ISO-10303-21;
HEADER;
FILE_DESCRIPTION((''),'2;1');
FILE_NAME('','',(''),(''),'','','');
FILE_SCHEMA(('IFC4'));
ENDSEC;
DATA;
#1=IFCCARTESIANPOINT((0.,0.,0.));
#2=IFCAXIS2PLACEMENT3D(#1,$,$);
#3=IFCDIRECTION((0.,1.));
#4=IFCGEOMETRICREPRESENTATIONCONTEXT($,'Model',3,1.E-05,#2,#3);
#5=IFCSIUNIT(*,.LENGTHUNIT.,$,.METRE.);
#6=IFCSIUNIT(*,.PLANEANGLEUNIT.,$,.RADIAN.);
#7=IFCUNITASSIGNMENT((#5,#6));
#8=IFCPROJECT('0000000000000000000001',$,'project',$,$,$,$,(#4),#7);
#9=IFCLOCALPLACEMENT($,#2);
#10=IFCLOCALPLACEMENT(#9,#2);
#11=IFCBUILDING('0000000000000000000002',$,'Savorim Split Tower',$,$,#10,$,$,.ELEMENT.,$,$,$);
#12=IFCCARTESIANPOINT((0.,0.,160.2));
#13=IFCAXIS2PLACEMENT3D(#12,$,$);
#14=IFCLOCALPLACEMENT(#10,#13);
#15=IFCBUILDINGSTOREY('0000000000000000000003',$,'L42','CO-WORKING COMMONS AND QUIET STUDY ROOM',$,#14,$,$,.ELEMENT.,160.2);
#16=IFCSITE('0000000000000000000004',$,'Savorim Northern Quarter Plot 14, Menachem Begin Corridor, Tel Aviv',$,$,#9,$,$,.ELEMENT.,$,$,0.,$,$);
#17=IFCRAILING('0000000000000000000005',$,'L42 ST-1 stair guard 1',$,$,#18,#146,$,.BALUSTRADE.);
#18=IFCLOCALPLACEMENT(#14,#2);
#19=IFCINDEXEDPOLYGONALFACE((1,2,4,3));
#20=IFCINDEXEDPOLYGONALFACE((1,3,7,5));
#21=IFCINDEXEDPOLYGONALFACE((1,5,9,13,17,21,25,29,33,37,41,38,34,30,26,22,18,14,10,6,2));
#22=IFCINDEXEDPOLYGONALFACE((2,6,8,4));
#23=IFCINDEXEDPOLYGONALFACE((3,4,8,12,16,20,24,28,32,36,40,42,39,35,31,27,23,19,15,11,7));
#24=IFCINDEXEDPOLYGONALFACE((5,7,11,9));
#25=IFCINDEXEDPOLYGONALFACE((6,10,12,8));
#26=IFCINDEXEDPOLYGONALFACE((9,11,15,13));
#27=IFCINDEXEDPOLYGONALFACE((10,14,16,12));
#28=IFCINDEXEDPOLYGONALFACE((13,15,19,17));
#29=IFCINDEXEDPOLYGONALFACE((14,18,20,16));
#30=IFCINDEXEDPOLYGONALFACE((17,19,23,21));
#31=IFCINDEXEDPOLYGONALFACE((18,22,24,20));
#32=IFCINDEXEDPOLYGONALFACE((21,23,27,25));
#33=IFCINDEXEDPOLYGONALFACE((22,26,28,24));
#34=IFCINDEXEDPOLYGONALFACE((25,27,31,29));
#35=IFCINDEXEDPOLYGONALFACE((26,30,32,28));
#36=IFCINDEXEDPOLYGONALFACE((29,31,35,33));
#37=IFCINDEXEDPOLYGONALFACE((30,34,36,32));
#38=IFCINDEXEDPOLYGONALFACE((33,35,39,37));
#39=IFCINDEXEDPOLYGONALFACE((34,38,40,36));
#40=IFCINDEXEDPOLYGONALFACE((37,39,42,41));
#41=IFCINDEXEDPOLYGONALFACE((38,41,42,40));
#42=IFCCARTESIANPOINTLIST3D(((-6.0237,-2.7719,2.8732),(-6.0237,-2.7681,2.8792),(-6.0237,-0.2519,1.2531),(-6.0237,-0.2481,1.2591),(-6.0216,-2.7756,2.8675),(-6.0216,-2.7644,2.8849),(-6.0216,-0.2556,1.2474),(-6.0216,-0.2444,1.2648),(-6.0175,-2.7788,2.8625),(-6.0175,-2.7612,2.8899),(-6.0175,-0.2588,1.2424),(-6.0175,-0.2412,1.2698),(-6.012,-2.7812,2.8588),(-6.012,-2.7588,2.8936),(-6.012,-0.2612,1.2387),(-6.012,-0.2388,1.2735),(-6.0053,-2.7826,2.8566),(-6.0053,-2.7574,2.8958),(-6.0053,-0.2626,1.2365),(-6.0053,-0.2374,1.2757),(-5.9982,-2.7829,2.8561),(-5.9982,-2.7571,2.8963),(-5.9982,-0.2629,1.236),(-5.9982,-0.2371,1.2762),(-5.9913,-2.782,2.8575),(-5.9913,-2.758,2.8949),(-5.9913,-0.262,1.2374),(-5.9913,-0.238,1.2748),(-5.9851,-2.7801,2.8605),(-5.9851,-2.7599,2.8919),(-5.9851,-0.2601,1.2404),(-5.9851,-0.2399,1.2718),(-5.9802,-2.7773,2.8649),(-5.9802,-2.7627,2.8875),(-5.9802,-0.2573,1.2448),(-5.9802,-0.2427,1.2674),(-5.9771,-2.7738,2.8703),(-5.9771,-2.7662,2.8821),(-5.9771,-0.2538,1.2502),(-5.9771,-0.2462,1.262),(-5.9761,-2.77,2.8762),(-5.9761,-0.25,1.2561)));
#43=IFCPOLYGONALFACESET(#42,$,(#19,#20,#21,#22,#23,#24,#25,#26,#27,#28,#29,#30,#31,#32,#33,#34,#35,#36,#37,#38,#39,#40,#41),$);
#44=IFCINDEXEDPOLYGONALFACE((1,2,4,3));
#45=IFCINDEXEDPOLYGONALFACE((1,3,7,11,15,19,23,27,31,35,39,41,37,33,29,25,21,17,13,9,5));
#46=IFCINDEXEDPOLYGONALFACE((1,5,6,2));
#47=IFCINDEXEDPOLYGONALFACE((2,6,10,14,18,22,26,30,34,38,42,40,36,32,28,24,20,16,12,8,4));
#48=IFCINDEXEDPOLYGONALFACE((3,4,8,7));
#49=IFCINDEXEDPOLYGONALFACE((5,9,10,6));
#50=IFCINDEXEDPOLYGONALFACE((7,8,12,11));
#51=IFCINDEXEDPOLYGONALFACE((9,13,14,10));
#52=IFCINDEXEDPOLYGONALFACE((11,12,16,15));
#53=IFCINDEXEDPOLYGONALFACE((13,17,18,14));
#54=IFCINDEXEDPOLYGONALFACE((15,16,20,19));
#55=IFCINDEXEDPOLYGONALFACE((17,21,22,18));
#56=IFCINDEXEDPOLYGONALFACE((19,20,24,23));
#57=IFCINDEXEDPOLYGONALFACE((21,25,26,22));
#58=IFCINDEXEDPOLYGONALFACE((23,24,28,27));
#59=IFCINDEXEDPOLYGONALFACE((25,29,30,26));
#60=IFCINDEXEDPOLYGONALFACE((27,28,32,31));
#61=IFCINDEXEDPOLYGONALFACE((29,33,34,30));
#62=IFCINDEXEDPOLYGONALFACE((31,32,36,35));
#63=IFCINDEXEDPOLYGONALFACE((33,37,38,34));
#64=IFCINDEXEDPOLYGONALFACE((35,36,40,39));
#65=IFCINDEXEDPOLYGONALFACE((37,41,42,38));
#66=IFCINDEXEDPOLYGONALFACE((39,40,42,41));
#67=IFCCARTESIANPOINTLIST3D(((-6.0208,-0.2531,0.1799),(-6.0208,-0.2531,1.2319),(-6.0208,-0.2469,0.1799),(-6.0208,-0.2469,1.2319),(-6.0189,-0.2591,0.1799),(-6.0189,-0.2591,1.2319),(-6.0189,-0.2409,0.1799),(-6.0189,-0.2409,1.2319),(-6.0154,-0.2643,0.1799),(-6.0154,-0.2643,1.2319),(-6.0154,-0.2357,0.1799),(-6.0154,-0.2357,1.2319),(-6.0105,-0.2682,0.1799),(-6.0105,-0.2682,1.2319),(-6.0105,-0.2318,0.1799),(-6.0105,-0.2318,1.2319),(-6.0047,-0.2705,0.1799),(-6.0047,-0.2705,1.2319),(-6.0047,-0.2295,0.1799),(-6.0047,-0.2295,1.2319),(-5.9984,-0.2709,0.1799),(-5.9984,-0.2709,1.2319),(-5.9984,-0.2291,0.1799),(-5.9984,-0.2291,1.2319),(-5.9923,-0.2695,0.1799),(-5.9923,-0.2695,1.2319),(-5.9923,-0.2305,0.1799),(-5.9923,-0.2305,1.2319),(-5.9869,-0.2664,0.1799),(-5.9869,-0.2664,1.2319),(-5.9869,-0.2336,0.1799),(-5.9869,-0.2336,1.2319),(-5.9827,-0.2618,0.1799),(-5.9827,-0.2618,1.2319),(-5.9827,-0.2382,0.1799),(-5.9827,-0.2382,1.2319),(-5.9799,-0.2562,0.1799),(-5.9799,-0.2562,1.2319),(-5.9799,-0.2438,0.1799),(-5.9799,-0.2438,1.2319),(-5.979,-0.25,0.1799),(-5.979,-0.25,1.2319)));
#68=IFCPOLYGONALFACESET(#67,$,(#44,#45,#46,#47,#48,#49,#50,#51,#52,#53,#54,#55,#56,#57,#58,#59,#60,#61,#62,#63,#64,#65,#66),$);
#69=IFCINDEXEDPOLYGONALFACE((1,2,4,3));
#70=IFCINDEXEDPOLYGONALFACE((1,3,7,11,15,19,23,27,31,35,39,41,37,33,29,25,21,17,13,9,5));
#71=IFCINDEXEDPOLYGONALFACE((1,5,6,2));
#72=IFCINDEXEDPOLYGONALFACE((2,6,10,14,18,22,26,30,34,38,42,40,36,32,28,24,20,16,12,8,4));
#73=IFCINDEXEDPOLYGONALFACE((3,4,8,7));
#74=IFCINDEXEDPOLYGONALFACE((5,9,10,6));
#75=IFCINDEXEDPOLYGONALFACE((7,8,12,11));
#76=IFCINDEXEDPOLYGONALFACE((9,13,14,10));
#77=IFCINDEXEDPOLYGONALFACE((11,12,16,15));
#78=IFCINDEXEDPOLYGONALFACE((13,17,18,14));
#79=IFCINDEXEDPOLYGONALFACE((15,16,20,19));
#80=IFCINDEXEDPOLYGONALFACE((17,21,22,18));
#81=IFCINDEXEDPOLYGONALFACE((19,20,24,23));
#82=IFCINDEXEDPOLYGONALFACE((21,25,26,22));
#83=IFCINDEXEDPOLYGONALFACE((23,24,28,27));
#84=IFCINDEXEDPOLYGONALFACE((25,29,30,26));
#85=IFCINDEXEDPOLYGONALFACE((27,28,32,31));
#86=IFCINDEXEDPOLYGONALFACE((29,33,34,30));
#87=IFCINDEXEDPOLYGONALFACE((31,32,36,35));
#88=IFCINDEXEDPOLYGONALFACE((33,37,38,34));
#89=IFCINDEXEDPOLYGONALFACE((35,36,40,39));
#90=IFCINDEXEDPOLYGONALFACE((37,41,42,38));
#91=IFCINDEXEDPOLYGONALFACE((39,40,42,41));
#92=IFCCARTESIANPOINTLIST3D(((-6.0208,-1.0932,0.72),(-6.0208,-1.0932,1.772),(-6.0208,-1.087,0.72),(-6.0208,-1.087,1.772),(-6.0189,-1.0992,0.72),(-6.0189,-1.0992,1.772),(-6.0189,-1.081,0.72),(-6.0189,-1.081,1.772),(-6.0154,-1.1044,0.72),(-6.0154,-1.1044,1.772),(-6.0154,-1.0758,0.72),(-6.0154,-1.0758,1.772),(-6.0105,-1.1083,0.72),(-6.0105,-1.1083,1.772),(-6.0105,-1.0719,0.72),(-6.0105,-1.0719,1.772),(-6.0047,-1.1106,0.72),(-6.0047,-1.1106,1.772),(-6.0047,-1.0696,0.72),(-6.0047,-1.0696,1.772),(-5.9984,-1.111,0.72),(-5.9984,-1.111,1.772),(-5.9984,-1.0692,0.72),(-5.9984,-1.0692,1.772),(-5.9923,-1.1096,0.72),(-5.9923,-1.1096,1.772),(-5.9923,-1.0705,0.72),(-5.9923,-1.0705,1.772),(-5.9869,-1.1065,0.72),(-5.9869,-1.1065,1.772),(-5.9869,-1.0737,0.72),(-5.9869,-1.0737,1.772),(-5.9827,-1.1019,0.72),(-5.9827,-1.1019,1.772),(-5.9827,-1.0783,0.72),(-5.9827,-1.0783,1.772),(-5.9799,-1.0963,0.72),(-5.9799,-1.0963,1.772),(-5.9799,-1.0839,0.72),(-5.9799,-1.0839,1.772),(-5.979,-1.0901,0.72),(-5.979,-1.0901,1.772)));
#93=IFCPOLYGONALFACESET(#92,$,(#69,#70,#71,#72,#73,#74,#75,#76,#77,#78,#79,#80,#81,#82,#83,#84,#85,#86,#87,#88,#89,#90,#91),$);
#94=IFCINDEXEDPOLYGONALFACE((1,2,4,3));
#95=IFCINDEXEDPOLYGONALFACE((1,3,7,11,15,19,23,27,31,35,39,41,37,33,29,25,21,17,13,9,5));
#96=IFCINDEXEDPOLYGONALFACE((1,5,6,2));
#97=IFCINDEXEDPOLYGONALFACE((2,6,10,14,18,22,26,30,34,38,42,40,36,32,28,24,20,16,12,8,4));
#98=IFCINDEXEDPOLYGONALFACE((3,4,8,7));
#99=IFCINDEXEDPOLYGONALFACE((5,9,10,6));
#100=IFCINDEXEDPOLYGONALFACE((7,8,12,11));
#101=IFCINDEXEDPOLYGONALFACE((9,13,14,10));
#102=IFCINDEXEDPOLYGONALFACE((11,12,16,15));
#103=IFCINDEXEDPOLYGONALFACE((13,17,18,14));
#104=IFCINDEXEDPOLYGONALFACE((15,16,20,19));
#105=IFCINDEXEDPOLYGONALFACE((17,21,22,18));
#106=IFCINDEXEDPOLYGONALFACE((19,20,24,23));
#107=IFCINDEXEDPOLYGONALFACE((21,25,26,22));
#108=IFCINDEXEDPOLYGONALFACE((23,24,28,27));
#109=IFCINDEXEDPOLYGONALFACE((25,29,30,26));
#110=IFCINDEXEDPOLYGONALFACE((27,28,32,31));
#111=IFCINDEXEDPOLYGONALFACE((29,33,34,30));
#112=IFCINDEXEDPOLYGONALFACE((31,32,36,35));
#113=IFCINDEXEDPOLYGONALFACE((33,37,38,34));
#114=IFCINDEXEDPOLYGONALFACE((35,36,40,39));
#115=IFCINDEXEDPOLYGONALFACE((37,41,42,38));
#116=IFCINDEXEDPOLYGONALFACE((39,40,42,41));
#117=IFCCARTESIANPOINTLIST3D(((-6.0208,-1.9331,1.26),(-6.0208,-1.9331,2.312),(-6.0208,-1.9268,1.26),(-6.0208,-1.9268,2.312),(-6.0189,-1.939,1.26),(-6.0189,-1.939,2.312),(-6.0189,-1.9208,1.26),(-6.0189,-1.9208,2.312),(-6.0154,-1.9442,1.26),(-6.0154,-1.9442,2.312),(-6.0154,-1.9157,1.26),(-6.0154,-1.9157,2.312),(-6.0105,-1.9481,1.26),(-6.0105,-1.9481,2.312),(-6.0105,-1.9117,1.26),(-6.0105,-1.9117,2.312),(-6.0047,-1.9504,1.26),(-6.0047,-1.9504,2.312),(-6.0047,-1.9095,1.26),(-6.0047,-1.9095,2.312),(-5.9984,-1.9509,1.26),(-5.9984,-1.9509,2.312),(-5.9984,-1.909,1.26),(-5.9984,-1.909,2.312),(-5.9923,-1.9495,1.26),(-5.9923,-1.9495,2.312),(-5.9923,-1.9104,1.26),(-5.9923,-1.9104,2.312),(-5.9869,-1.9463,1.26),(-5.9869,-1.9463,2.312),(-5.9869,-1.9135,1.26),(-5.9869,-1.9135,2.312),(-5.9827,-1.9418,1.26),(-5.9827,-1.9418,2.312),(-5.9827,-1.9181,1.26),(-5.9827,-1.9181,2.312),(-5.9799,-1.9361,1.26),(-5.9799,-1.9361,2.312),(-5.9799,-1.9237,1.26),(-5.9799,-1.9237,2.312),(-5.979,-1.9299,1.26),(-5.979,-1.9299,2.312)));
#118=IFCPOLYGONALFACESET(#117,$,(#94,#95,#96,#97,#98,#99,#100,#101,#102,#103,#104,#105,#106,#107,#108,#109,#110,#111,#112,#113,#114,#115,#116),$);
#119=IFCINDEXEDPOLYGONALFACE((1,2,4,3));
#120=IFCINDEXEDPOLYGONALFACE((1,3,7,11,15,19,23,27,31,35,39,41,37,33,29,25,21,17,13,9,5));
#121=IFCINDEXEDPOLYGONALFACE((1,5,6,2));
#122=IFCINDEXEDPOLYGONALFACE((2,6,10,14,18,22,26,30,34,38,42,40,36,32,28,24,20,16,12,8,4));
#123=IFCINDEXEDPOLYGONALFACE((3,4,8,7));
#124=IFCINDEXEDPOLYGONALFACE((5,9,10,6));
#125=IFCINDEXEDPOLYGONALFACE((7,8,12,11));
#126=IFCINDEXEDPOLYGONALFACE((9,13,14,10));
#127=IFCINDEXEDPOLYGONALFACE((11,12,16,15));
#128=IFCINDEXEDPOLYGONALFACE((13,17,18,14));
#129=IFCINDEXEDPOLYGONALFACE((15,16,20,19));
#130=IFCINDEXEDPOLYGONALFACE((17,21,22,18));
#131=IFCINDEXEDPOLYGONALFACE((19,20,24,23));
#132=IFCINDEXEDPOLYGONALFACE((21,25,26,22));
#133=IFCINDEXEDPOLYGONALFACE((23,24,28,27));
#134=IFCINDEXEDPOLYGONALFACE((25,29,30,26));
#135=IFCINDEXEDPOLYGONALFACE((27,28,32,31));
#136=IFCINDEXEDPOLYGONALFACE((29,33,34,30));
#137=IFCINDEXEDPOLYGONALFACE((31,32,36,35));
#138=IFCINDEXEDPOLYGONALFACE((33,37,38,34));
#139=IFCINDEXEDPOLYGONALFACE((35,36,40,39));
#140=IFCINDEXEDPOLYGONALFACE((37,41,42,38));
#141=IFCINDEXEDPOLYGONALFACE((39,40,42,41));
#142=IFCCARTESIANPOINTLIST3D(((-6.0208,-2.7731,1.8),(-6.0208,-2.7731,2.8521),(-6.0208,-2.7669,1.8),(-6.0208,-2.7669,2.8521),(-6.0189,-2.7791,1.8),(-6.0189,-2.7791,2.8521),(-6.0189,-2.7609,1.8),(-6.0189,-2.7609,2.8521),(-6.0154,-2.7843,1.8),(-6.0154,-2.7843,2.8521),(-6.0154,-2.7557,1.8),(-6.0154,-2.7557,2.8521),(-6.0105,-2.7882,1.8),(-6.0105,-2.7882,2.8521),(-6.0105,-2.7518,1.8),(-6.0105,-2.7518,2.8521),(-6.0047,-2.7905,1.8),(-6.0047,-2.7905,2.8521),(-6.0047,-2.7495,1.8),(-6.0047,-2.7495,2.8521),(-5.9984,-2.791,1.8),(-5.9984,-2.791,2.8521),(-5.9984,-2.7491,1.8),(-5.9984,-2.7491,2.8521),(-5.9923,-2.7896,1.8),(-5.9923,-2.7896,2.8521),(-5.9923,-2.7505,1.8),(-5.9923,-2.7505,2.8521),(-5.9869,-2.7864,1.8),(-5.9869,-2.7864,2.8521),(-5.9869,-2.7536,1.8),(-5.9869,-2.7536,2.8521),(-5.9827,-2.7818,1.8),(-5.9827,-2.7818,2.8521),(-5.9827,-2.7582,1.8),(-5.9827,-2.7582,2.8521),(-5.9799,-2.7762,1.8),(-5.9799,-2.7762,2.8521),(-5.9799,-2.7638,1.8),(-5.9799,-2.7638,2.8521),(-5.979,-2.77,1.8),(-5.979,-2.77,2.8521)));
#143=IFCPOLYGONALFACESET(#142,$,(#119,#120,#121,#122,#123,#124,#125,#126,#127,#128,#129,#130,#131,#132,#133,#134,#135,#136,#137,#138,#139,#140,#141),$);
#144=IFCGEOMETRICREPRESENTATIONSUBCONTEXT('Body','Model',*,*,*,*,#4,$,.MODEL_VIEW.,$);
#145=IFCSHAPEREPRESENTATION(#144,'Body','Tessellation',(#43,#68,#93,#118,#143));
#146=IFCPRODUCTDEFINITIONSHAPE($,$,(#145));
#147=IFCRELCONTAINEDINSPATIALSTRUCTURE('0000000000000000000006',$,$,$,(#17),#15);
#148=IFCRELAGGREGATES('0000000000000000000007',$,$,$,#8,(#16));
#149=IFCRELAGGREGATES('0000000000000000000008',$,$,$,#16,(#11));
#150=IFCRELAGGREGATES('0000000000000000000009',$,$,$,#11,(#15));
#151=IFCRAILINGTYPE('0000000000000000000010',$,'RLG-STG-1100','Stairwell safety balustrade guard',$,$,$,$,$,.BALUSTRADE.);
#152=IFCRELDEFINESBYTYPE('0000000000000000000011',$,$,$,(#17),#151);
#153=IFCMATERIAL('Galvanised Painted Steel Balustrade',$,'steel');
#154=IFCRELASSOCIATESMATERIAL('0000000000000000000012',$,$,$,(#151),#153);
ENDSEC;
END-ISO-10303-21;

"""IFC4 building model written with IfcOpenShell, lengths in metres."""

from ifc_helpers import new_model, si_unit, direction, frame, origin, origin_2d, place, context, subcontext, project, spatial, circle, extrude, material, type_object, element, save


model = new_model("IFC4")

# Units and contexts
model_context = context("Model", 3, precision=1e-05, world=origin(), true_north=direction((0.0, 1.0)))
body_context = subcontext(model_context, "Body", "Model", "MODEL_VIEW")
ifc_project = project(units=[si_unit("LENGTHUNIT", "METRE"), si_unit("PLANEANGLEUNIT", "RADIAN")], contexts=[model_context])

# Site, building, storey
site_placement = place(None, origin())
site = spatial("IfcSite", under=ifc_project, at=site_placement, Name="Savorim Northern Quarter Plot 14, Menachem Begin Corridor, Tel Aviv", CompositionType="ELEMENT", RefElevation=0.0)
building_placement = place(site_placement, origin())
building = spatial("IfcBuilding", under=site, at=building_placement, Name="Savorim Split Tower", CompositionType="ELEMENT")
storey_placement = place(building_placement, frame((0.0, 0.0, 160.2)))
storey = spatial("IfcBuildingStorey", under=building, at=storey_placement, Name="L42", Description="CO-WORKING COMMONS AND QUIET STUDY ROOM", CompositionType="ELEMENT", Elevation=160.2)

# Railing
ifc_material_1 = material(Name="Galvanised Painted Steel Balustrade", Category="steel")
railing_type_1 = type_object("IfcRailingType", Name="RLG-STG-1100", Description="Stairwell safety balustrade guard", PredefinedType="BALUSTRADE", material=ifc_material_1)
railing_1_placement = place(storey_placement, frame((-6.0, -0.25, 0.1799)))
element("IfcRailing", 1, at=railing_1_placement, inside=storey, type_object=railing_type_1, Name="L42 ST-1 stair guard 1", PredefinedType="BALUSTRADE", context=body_context, shape_type="SweptSolid", body=[
    extrude(circle(Radius=0.0239, at=origin_2d()), frame((0.0, 0.0, 1.0762), z_axis=(0.0, -0.841163, 0.540782), x_axis=(1.0, 0.0, 0.0)), (0.0, 0.0, 1.0), 2.9958),
    extrude(circle(Radius=0.021, at=origin_2d()), origin(), (0.0, 0.0, 1.0), 1.052),
    extrude(circle(Radius=0.021, at=origin_2d()), frame((0.0, -0.8401, 0.54)), (0.0, 0.0, 1.0), 1.052),
    extrude(circle(Radius=0.021, at=origin_2d()), frame((0.0, -1.6799, 1.0801)), (0.0, 0.0, 1.0), 1.052),
    extrude(circle(Radius=0.021, at=origin_2d()), frame((0.0, -2.52, 1.6201)), (0.0, 0.0, 1.0), 1.052),
])

save(model, "model.ifc")
